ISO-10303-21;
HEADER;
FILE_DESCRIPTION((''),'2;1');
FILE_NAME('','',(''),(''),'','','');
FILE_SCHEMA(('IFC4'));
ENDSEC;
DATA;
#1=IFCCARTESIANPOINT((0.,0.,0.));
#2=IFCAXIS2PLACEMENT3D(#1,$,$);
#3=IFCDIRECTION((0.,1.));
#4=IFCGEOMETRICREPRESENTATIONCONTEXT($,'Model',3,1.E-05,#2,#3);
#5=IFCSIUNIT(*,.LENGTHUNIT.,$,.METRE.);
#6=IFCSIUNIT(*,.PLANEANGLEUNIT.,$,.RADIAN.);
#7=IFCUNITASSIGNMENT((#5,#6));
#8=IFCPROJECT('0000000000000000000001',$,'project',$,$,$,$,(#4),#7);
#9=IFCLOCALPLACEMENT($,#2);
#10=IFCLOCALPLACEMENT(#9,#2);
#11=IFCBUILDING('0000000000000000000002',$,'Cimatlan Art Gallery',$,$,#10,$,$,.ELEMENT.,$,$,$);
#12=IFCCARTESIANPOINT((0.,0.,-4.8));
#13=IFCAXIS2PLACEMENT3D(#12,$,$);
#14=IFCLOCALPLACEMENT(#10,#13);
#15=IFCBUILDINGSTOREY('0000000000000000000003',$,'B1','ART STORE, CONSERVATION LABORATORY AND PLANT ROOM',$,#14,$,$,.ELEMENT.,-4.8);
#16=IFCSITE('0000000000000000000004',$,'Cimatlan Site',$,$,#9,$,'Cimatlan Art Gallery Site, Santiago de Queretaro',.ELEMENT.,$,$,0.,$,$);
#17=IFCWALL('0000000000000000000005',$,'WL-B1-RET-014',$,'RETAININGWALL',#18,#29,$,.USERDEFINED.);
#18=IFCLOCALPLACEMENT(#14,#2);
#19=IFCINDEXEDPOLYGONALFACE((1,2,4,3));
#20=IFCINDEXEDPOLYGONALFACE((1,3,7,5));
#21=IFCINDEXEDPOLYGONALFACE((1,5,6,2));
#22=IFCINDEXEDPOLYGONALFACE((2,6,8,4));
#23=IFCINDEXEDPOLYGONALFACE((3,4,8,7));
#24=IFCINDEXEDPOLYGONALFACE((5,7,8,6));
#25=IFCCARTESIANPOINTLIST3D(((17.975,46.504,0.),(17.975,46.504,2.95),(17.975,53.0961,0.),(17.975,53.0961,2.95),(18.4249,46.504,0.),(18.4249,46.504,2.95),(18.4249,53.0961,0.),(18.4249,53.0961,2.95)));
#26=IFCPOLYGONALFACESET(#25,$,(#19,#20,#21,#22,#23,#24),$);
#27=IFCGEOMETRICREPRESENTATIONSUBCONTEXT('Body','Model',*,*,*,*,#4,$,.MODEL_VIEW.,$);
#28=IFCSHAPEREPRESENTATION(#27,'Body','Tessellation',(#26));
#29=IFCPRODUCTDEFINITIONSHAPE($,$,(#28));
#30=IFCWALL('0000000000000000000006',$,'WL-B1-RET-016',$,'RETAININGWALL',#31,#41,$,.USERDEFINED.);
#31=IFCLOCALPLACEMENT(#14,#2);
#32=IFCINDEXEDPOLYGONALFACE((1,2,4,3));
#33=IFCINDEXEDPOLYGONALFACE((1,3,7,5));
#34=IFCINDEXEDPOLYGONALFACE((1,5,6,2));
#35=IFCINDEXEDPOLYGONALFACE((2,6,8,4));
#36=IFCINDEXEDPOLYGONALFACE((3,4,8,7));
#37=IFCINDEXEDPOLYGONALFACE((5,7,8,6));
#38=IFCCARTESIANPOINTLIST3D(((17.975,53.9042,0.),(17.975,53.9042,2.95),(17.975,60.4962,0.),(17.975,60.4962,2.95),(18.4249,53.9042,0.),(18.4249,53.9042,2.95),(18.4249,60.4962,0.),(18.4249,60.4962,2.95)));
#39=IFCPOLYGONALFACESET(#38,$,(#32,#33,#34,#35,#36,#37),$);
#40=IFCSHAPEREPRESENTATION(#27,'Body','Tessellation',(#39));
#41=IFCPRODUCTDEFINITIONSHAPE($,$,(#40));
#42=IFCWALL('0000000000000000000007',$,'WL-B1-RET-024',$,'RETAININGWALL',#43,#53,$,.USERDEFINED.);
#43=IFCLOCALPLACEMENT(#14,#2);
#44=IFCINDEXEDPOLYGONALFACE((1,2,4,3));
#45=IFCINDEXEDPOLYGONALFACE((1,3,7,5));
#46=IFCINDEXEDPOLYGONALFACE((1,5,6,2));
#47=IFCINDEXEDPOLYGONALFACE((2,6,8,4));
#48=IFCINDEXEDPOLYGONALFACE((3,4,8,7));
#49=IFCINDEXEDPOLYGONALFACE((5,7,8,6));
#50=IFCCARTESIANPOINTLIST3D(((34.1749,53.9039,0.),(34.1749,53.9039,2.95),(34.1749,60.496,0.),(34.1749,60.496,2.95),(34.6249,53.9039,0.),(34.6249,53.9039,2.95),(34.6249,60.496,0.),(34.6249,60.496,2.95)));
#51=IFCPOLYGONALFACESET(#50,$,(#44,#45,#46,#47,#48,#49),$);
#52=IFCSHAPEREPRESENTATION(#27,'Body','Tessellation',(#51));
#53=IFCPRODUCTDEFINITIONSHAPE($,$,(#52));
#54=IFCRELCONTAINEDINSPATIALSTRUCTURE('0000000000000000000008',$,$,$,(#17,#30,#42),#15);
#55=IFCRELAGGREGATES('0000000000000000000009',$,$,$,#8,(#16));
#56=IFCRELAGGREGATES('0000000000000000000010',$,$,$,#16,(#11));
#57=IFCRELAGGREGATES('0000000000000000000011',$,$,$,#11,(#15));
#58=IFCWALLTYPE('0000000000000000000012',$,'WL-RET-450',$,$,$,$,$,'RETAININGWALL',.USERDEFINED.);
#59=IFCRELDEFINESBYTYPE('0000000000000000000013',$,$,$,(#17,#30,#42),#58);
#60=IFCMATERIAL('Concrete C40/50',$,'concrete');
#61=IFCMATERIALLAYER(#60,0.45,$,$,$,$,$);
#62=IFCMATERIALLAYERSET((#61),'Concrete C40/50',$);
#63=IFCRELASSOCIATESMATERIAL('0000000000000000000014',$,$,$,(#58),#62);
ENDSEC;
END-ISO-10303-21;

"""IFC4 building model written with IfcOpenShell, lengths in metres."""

from ifc_helpers import new_model, si_unit, direction, frame, frame_2d, origin, place, context, subcontext, project, spatial, rectangle, extrude, material, layer, layer_set, type_object, element, save


model = new_model("IFC4")

# Units and contexts
model_context = context("Model", 3, precision=1e-05, world=origin(), true_north=direction((0.0, 1.0)))
body_context = subcontext(model_context, "Body", "Model", "MODEL_VIEW")
ifc_project = project(units=[si_unit("LENGTHUNIT", "METRE"), si_unit("PLANEANGLEUNIT", "RADIAN")], contexts=[model_context])

# Site, building, storey
site_placement = place(None, origin())
site = spatial("IfcSite", under=ifc_project, at=site_placement, Name="Cimatlan Site", LongName="Cimatlan Art Gallery Site, Santiago de Queretaro", CompositionType="ELEMENT", RefElevation=0.0)
building_placement = place(site_placement, origin())
building = spatial("IfcBuilding", under=site, at=building_placement, Name="Cimatlan Art Gallery", CompositionType="ELEMENT")
storey_placement = place(building_placement, frame((0.0, 0.0, -4.8)))
storey = spatial("IfcBuildingStorey", under=building, at=storey_placement, Name="B1", Description="ART STORE, CONSERVATION LABORATORY AND PLANT ROOM", CompositionType="ELEMENT", Elevation=-4.8)

# Shared definitions
ifc_material_1 = material(Name="Concrete C40/50", Category="concrete")

# Walls
ifc_layer = layer(ifc_material_1, 0.45)
ifc_layer_set = layer_set([ifc_layer], Name="Concrete C40/50")
wall_type = type_object("IfcWallType", Name="WL-RET-450", ElementType="RETAININGWALL", PredefinedType="USERDEFINED", material=ifc_layer_set)
for number, where, z_axis, x_axis, name in (
    (1, (18.2, 53.0959, 0.0), (0.0, 0.0, 1.0), (0.0, -1.0, 0.0), "WL-B1-RET-014"),
    (2, (18.2, 60.4961, 0.0), (0.0, 0.0, 1.0), (0.0, -1.0, 0.0), "WL-B1-RET-016"),
    (3, (34.3999, 53.9041, 0.0), (0.0, 0.0, 1.0), (0.0, 1.0, 0.0), "WL-B1-RET-024"),
):
    element("IfcWall", number, at=place(storey_placement, frame(where, z_axis=z_axis, x_axis=x_axis)), inside=storey, type_object=wall_type, Name=name, ObjectType="RETAININGWALL", PredefinedType="USERDEFINED", context=body_context, shape_type="SweptSolid", body=[
        extrude(rectangle(XDim=6.592, YDim=0.45, at=frame_2d((3.2959, 0.0))), origin(), (0.0, 0.0, 1.0), 2.95),
    ])

save(model, "model.ifc")
